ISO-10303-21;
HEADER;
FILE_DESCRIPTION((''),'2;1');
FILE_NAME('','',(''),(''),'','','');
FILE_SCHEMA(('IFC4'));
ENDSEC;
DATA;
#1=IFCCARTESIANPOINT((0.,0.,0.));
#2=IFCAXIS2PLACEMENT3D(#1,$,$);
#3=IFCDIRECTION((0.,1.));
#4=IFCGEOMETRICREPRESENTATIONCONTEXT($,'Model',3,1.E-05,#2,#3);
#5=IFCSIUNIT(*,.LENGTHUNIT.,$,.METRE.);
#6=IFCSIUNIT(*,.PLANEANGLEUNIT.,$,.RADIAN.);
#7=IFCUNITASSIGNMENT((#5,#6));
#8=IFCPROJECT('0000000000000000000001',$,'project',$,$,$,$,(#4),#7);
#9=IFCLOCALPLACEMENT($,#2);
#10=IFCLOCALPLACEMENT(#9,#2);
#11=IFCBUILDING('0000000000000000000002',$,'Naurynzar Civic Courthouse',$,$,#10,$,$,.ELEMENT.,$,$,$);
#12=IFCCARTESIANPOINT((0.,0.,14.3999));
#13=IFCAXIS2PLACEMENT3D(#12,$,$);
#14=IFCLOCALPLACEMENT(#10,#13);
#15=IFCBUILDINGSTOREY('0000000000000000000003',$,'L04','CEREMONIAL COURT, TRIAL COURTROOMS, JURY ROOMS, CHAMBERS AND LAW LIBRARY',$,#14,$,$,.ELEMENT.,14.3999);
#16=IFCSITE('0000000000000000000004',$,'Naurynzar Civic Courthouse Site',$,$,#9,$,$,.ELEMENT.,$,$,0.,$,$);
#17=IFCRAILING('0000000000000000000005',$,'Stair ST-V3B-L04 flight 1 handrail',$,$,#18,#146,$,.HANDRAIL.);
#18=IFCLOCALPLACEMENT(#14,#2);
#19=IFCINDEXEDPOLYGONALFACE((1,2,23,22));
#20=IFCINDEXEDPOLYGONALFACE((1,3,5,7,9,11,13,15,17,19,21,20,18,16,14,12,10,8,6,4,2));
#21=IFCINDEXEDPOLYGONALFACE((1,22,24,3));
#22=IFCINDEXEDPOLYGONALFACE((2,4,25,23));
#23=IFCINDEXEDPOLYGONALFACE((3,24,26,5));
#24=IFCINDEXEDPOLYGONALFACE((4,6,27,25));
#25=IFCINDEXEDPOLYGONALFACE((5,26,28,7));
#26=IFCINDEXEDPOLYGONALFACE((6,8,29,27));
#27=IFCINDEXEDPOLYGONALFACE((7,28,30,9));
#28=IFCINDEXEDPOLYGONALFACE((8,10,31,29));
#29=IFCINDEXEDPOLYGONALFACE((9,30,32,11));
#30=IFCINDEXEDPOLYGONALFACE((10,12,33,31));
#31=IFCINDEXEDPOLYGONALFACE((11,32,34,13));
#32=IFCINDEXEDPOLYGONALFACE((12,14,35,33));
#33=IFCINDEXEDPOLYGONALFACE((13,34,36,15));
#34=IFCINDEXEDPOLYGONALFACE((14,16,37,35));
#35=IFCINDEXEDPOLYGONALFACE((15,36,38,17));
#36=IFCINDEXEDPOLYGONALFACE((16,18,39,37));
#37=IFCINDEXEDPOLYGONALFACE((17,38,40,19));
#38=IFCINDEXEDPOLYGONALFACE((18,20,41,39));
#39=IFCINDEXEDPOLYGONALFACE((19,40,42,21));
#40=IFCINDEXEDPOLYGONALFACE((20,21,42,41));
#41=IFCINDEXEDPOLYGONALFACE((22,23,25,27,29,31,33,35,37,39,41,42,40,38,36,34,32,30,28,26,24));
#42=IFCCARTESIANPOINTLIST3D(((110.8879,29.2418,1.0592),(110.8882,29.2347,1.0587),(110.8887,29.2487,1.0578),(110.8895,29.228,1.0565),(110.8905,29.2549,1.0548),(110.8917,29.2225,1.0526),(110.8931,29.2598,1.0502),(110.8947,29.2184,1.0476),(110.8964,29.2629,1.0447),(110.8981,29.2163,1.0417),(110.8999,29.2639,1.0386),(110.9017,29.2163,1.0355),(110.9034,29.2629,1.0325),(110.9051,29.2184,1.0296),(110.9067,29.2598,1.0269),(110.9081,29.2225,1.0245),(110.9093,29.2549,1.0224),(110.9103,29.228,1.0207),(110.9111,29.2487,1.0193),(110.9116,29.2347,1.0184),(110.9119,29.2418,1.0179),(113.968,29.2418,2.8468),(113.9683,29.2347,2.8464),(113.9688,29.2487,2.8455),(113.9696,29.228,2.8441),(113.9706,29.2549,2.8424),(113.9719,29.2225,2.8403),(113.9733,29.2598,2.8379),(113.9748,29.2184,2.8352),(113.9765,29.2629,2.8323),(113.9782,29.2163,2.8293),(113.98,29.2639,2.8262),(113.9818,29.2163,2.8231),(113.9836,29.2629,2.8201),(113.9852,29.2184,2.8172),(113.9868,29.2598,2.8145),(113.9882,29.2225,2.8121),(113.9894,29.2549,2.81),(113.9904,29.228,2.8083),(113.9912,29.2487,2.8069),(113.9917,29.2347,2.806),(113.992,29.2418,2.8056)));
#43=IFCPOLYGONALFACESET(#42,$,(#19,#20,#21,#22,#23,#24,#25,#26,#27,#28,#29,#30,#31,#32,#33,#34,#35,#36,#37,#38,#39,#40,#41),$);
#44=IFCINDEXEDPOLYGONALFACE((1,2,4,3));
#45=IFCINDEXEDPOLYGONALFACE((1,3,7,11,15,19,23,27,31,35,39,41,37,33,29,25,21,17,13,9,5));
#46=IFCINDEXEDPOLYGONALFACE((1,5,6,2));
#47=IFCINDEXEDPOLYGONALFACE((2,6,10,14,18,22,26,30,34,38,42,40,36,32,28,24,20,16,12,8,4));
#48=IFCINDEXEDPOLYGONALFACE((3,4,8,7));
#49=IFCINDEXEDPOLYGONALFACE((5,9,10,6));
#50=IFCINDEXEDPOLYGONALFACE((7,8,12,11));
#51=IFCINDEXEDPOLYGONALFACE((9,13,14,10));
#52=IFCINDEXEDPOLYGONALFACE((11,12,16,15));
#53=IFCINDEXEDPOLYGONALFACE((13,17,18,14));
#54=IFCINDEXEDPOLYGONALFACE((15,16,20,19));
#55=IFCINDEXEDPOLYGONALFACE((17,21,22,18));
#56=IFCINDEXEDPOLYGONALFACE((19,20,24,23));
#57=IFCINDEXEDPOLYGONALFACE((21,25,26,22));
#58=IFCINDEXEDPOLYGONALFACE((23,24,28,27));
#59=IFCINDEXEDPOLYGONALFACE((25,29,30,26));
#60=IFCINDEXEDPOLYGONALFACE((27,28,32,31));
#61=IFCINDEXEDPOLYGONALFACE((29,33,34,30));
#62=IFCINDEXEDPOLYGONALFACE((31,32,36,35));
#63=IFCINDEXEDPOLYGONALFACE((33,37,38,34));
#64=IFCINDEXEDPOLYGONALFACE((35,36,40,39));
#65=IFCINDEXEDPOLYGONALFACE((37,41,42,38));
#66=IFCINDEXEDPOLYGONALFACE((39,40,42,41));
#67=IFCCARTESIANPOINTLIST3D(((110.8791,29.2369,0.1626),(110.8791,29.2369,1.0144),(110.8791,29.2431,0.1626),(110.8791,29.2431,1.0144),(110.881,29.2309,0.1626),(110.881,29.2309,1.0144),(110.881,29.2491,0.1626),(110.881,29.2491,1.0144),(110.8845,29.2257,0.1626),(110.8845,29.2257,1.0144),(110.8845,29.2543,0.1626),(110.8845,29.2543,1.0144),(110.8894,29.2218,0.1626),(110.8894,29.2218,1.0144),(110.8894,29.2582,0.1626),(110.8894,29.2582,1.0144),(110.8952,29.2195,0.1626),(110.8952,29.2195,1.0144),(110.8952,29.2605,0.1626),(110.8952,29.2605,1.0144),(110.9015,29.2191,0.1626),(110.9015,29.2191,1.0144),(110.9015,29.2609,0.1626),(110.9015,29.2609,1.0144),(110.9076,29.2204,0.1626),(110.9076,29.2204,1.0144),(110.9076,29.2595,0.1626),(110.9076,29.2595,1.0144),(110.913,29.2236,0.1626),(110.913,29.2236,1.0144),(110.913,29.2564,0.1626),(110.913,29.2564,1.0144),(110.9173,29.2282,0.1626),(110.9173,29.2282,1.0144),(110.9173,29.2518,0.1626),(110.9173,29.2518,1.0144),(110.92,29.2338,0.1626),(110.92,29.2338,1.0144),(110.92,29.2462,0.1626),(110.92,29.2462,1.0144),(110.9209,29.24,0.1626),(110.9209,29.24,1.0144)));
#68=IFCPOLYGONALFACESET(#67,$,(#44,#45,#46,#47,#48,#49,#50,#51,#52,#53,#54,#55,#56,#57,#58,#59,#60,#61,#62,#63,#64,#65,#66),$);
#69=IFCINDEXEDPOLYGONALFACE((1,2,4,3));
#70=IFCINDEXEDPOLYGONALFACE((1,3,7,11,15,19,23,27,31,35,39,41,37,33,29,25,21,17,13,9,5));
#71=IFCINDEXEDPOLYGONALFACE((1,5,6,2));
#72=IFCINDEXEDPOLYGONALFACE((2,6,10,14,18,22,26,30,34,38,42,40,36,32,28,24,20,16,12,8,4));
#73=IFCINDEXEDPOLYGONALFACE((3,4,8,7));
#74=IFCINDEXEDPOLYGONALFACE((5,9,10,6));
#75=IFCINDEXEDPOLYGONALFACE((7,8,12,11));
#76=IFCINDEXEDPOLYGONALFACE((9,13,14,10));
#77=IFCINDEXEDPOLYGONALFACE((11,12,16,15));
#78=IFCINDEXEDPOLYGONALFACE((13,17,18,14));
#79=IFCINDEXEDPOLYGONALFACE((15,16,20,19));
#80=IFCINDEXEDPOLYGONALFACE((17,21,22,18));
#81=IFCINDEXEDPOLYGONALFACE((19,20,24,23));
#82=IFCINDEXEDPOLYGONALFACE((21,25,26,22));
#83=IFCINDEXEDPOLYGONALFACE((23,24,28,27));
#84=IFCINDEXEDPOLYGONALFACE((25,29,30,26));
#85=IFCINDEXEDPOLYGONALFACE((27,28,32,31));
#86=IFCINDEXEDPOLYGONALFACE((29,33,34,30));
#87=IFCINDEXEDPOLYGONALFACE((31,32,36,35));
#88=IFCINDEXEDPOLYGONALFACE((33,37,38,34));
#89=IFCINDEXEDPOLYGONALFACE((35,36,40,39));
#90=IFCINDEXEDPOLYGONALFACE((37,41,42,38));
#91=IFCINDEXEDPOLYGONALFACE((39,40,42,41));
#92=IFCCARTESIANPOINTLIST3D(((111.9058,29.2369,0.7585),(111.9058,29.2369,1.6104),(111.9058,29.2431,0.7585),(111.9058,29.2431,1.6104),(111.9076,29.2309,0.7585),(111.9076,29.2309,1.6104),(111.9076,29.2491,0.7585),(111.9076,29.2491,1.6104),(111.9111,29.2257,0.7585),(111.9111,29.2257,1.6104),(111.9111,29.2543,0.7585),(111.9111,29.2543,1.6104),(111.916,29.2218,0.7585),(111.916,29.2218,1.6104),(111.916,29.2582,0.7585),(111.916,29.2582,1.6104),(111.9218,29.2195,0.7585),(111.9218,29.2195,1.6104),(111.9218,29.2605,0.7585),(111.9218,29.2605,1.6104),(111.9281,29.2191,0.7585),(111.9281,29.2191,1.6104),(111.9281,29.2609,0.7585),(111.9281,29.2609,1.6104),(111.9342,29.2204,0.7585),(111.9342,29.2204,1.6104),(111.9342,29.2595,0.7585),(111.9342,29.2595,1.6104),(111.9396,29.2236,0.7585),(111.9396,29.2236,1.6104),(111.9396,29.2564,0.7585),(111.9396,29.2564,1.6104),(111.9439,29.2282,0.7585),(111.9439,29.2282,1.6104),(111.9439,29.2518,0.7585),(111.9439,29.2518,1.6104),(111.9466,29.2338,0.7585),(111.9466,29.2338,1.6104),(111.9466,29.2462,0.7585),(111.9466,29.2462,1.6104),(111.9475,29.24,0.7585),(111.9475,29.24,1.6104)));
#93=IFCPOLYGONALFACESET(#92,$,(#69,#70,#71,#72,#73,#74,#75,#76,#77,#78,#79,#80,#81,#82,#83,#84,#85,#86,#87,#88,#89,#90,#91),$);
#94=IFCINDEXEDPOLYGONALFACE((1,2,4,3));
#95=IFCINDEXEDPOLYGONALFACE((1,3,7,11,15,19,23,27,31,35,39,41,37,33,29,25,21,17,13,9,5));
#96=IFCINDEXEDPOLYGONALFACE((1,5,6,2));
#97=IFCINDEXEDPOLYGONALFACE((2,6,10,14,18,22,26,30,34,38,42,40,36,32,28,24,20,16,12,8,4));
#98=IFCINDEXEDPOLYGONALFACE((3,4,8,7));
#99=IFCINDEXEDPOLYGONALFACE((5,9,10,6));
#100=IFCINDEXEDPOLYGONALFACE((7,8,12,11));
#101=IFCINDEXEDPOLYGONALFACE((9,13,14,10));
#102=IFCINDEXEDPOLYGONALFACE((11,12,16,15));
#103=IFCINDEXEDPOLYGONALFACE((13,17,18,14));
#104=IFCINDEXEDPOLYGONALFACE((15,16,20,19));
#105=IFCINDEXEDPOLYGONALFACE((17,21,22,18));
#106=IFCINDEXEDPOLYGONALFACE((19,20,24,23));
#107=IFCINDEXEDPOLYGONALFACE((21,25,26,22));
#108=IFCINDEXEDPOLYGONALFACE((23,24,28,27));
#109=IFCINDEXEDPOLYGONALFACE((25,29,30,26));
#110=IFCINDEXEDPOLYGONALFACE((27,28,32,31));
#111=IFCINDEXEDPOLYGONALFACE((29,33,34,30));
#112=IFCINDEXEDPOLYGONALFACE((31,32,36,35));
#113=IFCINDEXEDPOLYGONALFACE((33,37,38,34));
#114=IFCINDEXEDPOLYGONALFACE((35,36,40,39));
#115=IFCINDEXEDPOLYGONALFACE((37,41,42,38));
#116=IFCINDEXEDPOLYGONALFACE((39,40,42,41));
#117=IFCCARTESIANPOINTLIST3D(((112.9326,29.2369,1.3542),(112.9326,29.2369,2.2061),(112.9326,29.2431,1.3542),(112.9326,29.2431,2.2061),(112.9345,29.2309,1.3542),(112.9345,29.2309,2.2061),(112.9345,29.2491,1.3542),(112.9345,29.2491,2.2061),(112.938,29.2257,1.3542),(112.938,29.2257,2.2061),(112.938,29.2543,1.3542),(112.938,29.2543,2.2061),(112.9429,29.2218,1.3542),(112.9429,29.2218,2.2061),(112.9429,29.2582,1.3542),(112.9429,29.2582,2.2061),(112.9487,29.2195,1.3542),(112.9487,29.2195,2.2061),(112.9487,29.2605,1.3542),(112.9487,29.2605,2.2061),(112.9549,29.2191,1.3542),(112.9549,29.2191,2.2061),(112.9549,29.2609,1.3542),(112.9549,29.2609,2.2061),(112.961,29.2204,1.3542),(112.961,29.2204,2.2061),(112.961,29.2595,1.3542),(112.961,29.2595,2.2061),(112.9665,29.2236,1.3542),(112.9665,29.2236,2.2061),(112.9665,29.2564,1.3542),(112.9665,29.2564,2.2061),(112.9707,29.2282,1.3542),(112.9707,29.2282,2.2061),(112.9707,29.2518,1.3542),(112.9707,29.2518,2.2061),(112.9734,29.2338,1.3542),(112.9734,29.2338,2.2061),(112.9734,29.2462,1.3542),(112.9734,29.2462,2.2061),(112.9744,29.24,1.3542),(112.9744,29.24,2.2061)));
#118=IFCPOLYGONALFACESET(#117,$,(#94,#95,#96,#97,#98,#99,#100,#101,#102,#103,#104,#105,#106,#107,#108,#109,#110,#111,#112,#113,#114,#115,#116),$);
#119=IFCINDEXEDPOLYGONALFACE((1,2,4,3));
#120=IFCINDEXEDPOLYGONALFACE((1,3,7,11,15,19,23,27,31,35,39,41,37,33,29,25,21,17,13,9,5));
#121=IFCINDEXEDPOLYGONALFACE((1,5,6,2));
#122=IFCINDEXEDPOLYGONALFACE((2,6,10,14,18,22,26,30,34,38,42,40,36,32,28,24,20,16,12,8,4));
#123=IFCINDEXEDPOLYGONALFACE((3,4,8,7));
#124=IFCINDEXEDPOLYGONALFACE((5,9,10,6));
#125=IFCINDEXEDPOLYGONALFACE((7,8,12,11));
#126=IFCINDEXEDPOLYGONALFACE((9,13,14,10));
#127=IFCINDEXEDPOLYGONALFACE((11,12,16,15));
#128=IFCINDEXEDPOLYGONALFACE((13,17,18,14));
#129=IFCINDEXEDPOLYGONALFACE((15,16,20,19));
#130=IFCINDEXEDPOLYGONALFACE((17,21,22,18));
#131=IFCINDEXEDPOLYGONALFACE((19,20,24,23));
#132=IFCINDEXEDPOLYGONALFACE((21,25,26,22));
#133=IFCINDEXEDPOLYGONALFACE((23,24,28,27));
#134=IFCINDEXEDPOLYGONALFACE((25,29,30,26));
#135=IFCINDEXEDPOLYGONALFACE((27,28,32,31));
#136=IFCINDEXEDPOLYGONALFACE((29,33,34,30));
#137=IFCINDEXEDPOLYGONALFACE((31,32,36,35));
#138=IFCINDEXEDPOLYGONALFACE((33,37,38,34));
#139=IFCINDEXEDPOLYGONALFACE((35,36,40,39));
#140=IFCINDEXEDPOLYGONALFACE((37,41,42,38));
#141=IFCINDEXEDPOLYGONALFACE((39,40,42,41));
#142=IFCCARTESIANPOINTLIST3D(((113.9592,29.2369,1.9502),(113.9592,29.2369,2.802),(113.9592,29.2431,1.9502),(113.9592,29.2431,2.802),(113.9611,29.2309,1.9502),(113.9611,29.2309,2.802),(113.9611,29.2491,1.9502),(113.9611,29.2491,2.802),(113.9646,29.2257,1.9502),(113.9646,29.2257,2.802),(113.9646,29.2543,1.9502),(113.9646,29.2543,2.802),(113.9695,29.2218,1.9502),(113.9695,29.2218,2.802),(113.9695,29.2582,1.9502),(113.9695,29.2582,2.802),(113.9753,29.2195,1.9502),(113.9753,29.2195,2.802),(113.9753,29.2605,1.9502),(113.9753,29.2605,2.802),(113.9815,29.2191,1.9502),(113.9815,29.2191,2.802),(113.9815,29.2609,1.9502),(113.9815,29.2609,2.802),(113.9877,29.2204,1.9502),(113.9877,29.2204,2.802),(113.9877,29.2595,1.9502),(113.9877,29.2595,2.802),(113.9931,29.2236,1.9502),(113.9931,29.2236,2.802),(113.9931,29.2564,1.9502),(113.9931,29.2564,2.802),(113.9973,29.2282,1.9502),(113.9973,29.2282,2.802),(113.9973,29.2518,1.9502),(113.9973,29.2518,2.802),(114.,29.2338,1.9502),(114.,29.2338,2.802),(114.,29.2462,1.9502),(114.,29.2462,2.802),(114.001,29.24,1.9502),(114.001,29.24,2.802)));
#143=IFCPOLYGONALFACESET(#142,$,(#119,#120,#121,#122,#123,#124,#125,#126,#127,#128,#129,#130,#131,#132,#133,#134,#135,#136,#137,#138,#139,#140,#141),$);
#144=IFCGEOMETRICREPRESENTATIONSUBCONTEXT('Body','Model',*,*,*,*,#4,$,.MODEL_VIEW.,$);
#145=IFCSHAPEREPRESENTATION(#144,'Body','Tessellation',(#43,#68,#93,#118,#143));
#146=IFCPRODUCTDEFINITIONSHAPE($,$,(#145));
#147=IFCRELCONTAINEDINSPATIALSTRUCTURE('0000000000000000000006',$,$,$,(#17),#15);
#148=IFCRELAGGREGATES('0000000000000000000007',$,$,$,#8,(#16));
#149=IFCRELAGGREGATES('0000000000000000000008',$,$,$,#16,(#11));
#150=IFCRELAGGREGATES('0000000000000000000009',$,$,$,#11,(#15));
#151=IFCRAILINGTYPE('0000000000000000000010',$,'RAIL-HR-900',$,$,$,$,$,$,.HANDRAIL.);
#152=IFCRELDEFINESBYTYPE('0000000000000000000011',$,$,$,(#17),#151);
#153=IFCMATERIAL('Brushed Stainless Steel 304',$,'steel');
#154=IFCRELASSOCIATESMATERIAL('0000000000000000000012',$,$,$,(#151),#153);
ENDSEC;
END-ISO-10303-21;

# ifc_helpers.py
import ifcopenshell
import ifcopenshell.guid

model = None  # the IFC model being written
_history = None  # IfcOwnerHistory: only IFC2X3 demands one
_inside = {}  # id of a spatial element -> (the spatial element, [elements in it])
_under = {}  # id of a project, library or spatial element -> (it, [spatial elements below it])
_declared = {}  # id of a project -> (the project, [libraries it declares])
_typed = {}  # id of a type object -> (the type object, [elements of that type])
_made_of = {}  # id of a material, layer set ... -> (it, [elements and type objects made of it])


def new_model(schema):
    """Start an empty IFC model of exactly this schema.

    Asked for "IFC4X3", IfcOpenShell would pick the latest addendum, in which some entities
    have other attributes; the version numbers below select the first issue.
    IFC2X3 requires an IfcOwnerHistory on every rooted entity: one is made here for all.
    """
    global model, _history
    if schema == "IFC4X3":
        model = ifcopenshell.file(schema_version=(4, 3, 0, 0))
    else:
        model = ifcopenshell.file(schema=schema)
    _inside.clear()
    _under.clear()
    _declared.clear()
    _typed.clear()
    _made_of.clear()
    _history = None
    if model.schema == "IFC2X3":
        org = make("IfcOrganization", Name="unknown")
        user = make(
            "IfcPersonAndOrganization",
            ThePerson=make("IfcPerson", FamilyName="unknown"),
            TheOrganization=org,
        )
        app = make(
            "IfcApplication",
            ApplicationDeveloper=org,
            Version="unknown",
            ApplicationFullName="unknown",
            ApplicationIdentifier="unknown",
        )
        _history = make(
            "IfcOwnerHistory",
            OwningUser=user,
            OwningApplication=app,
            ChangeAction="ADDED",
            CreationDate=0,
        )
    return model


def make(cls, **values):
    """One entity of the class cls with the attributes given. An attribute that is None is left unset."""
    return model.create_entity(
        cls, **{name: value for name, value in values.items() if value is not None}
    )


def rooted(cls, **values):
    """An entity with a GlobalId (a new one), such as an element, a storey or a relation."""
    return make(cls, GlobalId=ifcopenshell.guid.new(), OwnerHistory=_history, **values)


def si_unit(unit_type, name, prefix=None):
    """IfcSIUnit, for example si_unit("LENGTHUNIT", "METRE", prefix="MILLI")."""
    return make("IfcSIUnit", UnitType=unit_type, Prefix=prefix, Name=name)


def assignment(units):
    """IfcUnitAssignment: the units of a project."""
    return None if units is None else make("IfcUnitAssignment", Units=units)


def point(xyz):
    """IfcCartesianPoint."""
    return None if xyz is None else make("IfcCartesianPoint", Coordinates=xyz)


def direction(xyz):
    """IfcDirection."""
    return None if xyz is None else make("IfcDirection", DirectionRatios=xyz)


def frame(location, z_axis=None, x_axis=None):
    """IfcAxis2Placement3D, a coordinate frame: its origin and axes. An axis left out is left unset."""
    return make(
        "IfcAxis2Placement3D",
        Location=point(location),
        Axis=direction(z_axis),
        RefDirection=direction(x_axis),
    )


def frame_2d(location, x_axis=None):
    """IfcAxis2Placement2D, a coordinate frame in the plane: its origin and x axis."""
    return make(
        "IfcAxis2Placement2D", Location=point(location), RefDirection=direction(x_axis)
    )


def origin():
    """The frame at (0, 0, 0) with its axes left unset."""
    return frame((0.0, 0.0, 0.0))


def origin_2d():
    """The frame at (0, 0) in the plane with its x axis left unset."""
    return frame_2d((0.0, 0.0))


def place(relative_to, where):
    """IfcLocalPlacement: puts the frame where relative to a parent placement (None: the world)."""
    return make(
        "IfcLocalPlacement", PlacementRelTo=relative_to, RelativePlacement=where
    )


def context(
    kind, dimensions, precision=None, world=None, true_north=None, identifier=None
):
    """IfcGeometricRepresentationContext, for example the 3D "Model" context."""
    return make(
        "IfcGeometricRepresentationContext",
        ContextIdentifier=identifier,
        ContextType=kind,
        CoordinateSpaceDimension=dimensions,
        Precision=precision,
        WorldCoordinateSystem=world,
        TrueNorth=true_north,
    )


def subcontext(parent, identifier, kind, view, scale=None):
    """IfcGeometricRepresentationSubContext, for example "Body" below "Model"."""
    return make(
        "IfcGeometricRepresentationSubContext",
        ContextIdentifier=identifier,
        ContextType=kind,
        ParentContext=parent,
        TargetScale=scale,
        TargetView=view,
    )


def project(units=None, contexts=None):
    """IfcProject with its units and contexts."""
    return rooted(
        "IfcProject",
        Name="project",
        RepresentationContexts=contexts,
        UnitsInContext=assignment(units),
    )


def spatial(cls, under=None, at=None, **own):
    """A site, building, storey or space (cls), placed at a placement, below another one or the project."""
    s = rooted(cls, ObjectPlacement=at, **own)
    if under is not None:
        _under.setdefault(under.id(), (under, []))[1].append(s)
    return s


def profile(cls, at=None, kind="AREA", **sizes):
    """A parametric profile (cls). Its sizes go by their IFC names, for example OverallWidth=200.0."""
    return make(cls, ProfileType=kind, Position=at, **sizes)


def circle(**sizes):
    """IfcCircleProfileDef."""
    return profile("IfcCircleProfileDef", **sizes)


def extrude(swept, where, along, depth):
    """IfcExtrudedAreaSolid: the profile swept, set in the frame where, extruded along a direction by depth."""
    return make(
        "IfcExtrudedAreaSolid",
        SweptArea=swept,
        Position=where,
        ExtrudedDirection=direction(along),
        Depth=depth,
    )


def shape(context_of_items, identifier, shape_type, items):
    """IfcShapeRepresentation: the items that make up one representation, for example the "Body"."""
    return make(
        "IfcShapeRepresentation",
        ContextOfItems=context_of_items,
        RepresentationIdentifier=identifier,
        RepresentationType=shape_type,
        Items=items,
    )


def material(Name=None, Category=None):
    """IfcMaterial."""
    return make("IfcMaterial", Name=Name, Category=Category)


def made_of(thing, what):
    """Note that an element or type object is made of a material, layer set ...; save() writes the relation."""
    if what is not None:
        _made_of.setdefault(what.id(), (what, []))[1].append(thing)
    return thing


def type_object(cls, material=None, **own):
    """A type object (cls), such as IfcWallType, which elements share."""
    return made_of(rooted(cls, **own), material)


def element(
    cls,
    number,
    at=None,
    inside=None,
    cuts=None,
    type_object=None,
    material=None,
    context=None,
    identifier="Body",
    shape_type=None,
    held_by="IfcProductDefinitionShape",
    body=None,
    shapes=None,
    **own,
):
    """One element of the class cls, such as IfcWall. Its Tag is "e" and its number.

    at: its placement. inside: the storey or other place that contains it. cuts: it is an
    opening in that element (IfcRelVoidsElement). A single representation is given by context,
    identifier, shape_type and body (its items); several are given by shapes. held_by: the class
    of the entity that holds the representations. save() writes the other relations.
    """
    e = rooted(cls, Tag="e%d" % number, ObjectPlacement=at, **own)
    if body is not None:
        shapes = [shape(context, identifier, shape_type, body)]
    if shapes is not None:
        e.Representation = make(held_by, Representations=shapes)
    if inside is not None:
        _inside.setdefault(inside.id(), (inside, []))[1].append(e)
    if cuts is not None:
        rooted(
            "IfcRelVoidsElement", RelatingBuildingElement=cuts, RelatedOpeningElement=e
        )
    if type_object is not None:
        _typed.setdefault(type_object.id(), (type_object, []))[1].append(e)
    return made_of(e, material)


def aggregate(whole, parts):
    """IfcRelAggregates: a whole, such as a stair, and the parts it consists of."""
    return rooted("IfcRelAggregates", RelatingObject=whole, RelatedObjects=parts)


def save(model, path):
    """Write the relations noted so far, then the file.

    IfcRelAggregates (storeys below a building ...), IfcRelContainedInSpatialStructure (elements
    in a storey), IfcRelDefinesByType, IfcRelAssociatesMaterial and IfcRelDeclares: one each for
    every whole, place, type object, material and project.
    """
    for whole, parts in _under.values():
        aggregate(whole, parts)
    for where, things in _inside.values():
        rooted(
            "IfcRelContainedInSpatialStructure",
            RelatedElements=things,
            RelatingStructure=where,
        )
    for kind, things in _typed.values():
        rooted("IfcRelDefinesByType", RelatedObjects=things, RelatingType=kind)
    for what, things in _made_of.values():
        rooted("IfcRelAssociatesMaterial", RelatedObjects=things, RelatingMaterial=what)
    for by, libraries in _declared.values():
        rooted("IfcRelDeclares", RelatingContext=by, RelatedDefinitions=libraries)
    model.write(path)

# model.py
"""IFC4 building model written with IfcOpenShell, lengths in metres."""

from ifc_helpers import new_model, si_unit, direction, frame, origin, origin_2d, place, context, subcontext, project, spatial, circle, extrude, material, type_object, element, save


model = new_model("IFC4")

# Units and contexts
model_context = context("Model", 3, precision=1e-05, world=origin(), true_north=direction((0.0, 1.0)))
body_context = subcontext(model_context, "Body", "Model", "MODEL_VIEW")
ifc_project = project(units=[si_unit("LENGTHUNIT", "METRE"), si_unit("PLANEANGLEUNIT", "RADIAN")], contexts=[model_context])

# Site, building, storey
site_placement = place(None, origin())
site = spatial("IfcSite", under=ifc_project, at=site_placement, Name="Naurynzar Civic Courthouse Site", CompositionType="ELEMENT", RefElevation=0.0)
building_placement = place(site_placement, origin())
building = spatial("IfcBuilding", under=site, at=building_placement, Name="Naurynzar Civic Courthouse", CompositionType="ELEMENT")
storey_placement = place(building_placement, frame((0.0, 0.0, 14.3999)))
storey = spatial("IfcBuildingStorey", under=building, at=storey_placement, Name="L04", Description="CEREMONIAL COURT, TRIAL COURTROOMS, JURY ROOMS, CHAMBERS AND LAW LIBRARY", CompositionType="ELEMENT", Elevation=14.3999)

# Railing
ifc_material_1 = material(Name="Brushed Stainless Steel 304", Category="steel")
railing_type_1 = type_object("IfcRailingType", Name="RAIL-HR-900", PredefinedType="HANDRAIL", material=ifc_material_1)
railing_1_placement = place(storey_placement, frame((110.8999, 29.24, 0.1626)))
element("IfcRailing", 1, at=railing_1_placement, inside=storey, type_object=railing_type_1, Name="Stair ST-V3B-L04 flight 1 handrail", PredefinedType="HANDRAIL", context=body_context, shape_type="SweptSolid", body=[
    extrude(circle(Radius=0.0239, at=origin_2d()), frame((0.0, 0.0, 0.876), z_axis=(0.864891, 0.0, 0.50196), x_axis=(0.0, 1.0, 0.0)), (0.0, 0.0, 1.0), 3.5613),
    extrude(circle(Radius=0.021, at=origin_2d()), origin(), (0.0, 0.0, 1.0), 0.8518),
    extrude(circle(Radius=0.021, at=origin_2d()), frame((1.0266, 0.0, 0.5959)), (0.0, 0.0, 1.0), 0.8518),
    extrude(circle(Radius=0.021, at=origin_2d()), frame((2.0535, 0.0, 1.1917)), (0.0, 0.0, 1.0), 0.8518),
    extrude(circle(Radius=0.021, at=origin_2d()), frame((3.0801, 0.0, 1.7876)), (0.0, 0.0, 1.0), 0.8518),
])

save(model, "model.ifc")
